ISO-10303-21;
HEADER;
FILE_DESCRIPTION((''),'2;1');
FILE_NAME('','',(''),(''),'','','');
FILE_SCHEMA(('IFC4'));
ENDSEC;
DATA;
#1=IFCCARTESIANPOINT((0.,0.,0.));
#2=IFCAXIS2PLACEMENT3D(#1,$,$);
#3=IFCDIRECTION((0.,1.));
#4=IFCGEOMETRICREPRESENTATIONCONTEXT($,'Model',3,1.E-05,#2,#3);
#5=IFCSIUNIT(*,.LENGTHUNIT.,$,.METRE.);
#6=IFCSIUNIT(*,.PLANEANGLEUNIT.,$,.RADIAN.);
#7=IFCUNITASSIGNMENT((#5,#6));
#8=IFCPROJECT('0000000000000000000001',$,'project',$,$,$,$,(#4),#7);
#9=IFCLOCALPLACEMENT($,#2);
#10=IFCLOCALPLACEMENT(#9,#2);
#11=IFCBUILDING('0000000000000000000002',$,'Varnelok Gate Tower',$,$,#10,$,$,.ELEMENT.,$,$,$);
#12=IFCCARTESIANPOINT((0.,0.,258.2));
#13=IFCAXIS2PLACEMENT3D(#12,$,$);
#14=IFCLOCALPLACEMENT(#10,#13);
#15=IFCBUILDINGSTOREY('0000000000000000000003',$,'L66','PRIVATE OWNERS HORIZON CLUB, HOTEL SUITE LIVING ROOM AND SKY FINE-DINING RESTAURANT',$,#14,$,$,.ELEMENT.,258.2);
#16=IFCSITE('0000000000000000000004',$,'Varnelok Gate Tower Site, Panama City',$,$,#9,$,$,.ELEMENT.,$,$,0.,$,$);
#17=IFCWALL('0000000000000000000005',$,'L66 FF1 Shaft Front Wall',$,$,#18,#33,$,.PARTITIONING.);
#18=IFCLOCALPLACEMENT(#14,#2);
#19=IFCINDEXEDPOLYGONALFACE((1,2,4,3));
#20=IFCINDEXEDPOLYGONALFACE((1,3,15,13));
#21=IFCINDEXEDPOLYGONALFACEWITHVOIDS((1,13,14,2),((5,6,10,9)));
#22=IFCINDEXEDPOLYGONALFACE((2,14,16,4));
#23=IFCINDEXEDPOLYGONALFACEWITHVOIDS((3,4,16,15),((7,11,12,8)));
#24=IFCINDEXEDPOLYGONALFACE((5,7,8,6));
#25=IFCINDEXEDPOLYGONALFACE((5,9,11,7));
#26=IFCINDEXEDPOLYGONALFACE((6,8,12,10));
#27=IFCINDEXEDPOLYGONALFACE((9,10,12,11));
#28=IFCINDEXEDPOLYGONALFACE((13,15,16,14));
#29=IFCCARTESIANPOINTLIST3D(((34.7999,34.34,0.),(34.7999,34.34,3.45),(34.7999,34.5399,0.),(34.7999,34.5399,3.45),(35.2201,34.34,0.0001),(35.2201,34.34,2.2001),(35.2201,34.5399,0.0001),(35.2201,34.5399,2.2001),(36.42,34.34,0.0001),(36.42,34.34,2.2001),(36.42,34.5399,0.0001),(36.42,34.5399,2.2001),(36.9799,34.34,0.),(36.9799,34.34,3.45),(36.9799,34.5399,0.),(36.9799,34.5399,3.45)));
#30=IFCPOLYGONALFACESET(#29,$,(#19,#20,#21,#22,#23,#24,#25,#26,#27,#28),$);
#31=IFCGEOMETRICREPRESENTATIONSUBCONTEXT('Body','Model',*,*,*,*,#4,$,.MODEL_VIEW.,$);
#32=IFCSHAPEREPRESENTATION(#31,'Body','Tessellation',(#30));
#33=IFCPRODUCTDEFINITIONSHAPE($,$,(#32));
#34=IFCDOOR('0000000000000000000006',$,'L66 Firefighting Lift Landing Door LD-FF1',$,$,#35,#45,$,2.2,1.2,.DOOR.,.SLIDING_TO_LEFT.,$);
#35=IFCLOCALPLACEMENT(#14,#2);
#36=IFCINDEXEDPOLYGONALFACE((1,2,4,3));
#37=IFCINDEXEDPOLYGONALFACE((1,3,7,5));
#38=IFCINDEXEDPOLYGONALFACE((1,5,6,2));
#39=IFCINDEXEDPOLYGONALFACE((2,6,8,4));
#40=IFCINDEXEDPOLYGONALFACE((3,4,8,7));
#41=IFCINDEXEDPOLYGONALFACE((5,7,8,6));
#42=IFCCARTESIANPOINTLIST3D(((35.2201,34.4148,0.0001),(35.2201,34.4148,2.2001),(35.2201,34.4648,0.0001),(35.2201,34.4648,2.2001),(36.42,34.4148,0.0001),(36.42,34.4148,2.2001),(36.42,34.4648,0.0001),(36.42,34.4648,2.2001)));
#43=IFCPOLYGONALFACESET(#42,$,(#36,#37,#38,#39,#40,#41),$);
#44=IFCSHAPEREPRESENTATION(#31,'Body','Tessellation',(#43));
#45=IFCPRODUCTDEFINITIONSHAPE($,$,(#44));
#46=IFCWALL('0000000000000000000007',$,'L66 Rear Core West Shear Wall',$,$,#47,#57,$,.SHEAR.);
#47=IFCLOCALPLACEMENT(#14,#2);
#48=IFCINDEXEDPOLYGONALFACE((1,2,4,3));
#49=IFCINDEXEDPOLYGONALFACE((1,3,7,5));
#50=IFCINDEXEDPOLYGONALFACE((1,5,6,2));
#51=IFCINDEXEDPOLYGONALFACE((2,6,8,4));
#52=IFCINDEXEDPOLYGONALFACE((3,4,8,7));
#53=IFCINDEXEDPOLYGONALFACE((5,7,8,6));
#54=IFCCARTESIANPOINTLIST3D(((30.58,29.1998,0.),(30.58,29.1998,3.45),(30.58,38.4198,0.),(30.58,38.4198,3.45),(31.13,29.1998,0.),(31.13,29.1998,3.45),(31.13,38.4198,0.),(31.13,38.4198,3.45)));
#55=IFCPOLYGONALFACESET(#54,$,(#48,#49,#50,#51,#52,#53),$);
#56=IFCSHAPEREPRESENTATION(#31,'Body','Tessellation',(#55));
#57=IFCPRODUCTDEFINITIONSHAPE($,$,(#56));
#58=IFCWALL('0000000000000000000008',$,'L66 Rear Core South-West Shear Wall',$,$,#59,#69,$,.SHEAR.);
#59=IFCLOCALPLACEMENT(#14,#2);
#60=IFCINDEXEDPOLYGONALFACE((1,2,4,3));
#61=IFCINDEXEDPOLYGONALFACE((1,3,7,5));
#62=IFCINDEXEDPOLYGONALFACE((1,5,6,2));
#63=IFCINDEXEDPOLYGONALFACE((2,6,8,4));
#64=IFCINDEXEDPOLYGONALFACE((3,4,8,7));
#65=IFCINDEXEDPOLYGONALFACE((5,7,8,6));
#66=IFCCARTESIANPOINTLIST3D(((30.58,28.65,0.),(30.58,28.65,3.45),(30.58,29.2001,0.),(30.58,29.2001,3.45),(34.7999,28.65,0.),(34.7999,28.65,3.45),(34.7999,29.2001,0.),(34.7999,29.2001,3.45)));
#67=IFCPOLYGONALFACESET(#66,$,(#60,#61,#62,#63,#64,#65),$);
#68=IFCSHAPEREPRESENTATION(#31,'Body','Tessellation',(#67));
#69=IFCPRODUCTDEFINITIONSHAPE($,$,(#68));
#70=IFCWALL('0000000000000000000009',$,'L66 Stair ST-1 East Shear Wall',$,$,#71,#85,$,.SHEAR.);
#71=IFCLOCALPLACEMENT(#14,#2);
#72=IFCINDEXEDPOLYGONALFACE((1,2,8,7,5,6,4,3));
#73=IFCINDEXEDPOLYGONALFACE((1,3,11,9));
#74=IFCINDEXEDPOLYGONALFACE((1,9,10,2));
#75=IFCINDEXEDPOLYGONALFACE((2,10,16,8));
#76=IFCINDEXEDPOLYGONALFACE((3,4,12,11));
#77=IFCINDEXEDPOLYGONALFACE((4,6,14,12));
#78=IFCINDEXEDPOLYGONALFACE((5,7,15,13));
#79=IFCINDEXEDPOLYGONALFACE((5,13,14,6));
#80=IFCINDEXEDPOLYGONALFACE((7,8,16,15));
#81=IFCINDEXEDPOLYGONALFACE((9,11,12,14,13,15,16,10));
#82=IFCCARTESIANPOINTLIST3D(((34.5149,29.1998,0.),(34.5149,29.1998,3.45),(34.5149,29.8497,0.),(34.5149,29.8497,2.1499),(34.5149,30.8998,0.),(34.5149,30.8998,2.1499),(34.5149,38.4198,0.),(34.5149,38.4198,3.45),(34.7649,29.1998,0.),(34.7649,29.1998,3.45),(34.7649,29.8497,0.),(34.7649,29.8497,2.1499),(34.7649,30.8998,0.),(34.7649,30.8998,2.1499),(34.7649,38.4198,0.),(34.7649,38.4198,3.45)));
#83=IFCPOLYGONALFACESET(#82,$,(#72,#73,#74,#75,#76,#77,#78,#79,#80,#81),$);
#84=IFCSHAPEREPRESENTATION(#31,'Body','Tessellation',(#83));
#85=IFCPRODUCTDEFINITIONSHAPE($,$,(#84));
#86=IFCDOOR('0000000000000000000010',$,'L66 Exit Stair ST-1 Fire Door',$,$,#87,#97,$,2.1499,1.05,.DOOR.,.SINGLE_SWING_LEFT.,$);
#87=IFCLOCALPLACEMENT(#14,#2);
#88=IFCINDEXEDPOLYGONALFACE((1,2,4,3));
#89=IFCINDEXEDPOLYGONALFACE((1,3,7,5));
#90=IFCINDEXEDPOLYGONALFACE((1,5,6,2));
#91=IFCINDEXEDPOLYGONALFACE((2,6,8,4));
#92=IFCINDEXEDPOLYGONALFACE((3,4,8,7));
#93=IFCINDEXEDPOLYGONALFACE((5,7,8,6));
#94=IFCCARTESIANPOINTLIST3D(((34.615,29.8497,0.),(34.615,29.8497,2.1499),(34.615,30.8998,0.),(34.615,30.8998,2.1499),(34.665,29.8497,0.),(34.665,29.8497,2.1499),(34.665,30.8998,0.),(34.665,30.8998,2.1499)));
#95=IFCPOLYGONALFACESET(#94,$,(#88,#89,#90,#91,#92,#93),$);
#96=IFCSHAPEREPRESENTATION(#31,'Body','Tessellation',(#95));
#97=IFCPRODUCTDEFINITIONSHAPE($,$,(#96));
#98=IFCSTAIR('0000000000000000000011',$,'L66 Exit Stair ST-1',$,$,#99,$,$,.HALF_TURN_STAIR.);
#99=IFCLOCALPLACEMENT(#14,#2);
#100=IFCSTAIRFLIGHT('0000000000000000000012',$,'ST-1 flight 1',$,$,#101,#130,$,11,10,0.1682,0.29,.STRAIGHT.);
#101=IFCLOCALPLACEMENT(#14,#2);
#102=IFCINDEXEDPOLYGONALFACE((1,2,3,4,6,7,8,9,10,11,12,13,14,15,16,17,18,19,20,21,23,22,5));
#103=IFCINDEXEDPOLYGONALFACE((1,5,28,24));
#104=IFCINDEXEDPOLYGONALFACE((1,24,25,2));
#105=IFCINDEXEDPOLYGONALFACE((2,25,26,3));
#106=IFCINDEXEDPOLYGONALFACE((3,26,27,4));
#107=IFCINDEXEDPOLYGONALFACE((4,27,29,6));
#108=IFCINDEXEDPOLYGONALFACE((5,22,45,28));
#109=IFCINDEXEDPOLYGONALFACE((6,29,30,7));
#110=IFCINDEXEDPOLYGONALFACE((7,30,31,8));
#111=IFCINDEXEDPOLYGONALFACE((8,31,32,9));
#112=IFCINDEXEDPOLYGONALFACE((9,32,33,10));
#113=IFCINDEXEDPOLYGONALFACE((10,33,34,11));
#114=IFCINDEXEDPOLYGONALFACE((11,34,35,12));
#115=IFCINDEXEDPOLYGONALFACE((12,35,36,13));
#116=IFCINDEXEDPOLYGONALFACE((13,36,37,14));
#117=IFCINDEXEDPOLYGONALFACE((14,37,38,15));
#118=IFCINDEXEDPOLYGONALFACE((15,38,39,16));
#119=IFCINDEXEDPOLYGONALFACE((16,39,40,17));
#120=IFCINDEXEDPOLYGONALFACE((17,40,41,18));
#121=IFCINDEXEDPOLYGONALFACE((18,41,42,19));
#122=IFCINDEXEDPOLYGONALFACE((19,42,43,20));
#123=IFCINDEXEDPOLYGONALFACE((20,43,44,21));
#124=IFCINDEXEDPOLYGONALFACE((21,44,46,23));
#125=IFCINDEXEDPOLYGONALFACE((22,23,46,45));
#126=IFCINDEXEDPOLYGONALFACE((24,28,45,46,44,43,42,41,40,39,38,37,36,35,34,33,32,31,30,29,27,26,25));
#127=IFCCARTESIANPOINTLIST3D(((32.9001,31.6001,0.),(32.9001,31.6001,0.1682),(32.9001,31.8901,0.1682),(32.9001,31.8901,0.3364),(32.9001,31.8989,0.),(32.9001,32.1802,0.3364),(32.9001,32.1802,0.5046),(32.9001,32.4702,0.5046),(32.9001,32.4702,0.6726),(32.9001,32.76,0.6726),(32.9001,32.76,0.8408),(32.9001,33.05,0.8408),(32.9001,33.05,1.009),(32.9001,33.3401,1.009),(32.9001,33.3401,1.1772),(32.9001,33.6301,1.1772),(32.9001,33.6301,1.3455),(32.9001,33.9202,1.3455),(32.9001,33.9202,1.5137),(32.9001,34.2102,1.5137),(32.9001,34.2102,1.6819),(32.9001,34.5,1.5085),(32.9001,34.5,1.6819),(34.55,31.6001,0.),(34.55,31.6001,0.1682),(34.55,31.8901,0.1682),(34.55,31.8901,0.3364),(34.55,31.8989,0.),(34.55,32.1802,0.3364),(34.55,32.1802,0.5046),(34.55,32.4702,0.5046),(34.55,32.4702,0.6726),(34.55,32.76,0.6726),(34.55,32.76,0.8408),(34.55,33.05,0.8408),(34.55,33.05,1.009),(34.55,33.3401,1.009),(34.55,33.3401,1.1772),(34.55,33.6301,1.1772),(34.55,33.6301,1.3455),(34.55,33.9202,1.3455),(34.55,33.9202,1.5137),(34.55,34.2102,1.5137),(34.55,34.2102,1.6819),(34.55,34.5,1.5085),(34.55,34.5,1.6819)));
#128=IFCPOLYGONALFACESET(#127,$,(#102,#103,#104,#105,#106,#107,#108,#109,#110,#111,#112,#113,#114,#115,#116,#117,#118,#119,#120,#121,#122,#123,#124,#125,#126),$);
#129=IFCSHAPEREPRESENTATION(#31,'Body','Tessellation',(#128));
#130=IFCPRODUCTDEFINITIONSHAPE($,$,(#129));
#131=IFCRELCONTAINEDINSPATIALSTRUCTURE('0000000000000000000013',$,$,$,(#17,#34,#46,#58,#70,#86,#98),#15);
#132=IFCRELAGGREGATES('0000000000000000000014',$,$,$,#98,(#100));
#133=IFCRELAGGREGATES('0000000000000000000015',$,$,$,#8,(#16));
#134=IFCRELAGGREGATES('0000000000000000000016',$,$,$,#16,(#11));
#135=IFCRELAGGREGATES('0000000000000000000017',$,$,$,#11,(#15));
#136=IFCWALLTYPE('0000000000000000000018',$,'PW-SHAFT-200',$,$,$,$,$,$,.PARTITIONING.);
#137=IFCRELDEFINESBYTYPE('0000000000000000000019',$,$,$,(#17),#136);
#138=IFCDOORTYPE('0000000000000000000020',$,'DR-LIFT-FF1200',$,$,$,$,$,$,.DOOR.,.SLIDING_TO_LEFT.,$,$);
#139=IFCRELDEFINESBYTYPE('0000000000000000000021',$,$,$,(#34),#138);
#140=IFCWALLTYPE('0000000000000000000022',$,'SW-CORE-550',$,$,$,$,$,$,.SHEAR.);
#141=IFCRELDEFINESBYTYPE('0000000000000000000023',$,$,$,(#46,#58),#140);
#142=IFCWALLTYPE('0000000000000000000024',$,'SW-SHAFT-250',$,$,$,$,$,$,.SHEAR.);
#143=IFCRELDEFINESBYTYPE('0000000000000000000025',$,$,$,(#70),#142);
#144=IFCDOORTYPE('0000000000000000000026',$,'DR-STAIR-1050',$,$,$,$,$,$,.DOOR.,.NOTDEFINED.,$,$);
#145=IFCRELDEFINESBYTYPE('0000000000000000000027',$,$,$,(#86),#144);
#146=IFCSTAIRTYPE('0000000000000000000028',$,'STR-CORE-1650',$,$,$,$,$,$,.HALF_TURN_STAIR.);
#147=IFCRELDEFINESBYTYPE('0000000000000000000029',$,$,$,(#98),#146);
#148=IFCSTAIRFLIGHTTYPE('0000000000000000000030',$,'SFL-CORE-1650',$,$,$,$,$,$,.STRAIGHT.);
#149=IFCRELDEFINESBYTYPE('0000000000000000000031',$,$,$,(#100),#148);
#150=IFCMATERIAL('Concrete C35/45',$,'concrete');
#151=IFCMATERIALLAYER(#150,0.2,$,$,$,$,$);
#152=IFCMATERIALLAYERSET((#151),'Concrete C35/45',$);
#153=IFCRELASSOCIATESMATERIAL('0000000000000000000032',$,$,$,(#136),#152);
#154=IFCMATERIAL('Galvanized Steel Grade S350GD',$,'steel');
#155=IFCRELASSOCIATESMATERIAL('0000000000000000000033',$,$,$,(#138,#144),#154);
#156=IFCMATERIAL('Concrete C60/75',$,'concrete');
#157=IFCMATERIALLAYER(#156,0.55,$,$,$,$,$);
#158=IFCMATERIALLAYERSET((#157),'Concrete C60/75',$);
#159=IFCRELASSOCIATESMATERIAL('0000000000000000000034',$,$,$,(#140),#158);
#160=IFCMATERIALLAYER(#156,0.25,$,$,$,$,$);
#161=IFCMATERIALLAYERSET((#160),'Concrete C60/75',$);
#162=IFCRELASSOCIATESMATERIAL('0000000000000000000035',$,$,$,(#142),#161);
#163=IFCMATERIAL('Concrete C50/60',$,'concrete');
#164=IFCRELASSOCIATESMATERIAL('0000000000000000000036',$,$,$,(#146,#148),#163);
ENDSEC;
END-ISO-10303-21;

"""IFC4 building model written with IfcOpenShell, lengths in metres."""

from ifc_helpers import new_model, si_unit, direction, frame, frame_2d, origin, place, context, subcontext, project, spatial, polyline, rectangle, outline, extrude, material, layer, layer_set, type_object, element, fill, aggregate, save


model = new_model("IFC4")

# Units and contexts
model_context = context("Model", 3, precision=1e-05, world=origin(), true_north=direction((0.0, 1.0)))
body_context = subcontext(model_context, "Body", "Model", "MODEL_VIEW")
ifc_project = project(units=[si_unit("LENGTHUNIT", "METRE"), si_unit("PLANEANGLEUNIT", "RADIAN")], contexts=[model_context])

# Site, building, storey
site_placement = place(None, origin())
site = spatial("IfcSite", under=ifc_project, at=site_placement, Name="Varnelok Gate Tower Site, Panama City", CompositionType="ELEMENT", RefElevation=0.0)
building_placement = place(site_placement, origin())
building = spatial("IfcBuilding", under=site, at=building_placement, Name="Varnelok Gate Tower", CompositionType="ELEMENT")
storey_placement = place(building_placement, frame((0.0, 0.0, 258.2)))
storey = spatial("IfcBuildingStorey", under=building, at=storey_placement, Name="L66", Description="PRIVATE OWNERS HORIZON CLUB, HOTEL SUITE LIVING ROOM AND SKY FINE-DINING RESTAURANT", CompositionType="ELEMENT", Elevation=258.2)

# Shared definitions
ifc_material_1 = material(Name="Concrete C50/60", Category="concrete")

# Shared definitions
ifc_material_2 = material(Name="Concrete C60/75", Category="concrete")

# Shared definitions
ifc_material_3 = material(Name="Concrete C35/45", Category="concrete")
ifc_layer_1 = layer(ifc_material_3, 0.2)
ifc_layer_set_1 = layer_set([ifc_layer_1], Name="Concrete C35/45")
wall_type_1 = type_object("IfcWallType", Name="PW-SHAFT-200", PredefinedType="PARTITIONING", material=ifc_layer_set_1)

# Wall, opening, door
wall_1_placement = place(storey_placement, frame((34.8, 34.4399, 0.0), z_axis=(0.0, 0.0, 1.0), x_axis=(1.0, 0.0, 0.0)))
wall_1 = element("IfcWall", 1, at=wall_1_placement, inside=storey, type_object=wall_type_1, Name="L66 FF1 Shaft Front Wall", PredefinedType="PARTITIONING", context=body_context, shape_type="SweptSolid", body=[
    extrude(rectangle(XDim=2.1799, YDim=0.2, at=frame_2d((1.0898, 0.0))), origin(), (0.0, 0.0, 1.0), 3.45),
])
opening_1_placement = place(wall_1_placement, frame((0.4199, 0.0, 0.0)))
opening_1 = element("IfcOpeningElement", 2, at=opening_1_placement, cuts=wall_1, PredefinedType="OPENING", context=body_context, shape_type="SweptSolid", body=[
    extrude(rectangle(XDim=1.2, YDim=2.2, at=frame_2d((0.6001, 1.1001))), frame((0.0, 0.1099, 0.0), z_axis=(0.0, -1.0, 0.0), x_axis=(1.0, 0.0, 0.0)), (0.0, 0.0, 1.0), 0.22),
])
ifc_material_4 = material(Name="Galvanized Steel Grade S350GD", Category="steel")
door_type_1 = type_object("IfcDoorType", Name="DR-LIFT-FF1200", OperationType="SLIDING_TO_LEFT", PredefinedType="DOOR", material=ifc_material_4)
door_1_placement = place(opening_1_placement, origin())
door_1 = element("IfcDoor", 3, at=door_1_placement, inside=storey, type_object=door_type_1, Name="L66 Firefighting Lift Landing Door LD-FF1", OperationType="SLIDING_TO_LEFT", OverallHeight=2.2, OverallWidth=1.2, PredefinedType="DOOR", context=body_context, shape_type="SweptSolid", body=[
    extrude(rectangle(XDim=1.2, YDim=2.2, at=frame_2d((0.6001, 1.1001))), frame((0.0, 0.0249, 0.0), z_axis=(0.0, -1.0, 0.0), x_axis=(1.0, 0.0, 0.0)), (0.0, 0.0, 1.0), 0.05),
])
fill(opening_1, door_1)

# Walls
ifc_layer_2 = layer(ifc_material_2, 0.55)
ifc_layer_set_2 = layer_set([ifc_layer_2], Name="Concrete C60/75")
wall_type_2 = type_object("IfcWallType", Name="SW-CORE-550", PredefinedType="SHEAR", material=ifc_layer_set_2)
wall_2_placement = place(storey_placement, frame((30.855, 29.2, 0.0), z_axis=(0.0, 0.0, 1.0), x_axis=(0.0, 1.0, 0.0)))
element("IfcWall", 4, at=wall_2_placement, inside=storey, type_object=wall_type_2, Name="L66 Rear Core West Shear Wall", PredefinedType="SHEAR", context=body_context, shape_type="SweptSolid", body=[
    extrude(rectangle(XDim=9.22, YDim=0.55, at=frame_2d((4.6099, 0.0))), origin(), (0.0, 0.0, 1.0), 3.45),
])
wall_3_placement = place(storey_placement, frame((30.5801, 28.925, 0.0), z_axis=(0.0, 0.0, 1.0), x_axis=(1.0, 0.0, 0.0)))
element("IfcWall", 5, at=wall_3_placement, inside=storey, type_object=wall_type_2, Name="L66 Rear Core South-West Shear Wall", PredefinedType="SHEAR", context=body_context, shape_type="SweptSolid", body=[
    extrude(rectangle(XDim=4.22, YDim=0.55, at=frame_2d((2.1099, 0.0))), origin(), (0.0, 0.0, 1.0), 3.45),
])

# Wall, opening, door
ifc_layer_3 = layer(ifc_material_2, 0.25)
ifc_layer_set_3 = layer_set([ifc_layer_3], Name="Concrete C60/75")
wall_type_3 = type_object("IfcWallType", Name="SW-SHAFT-250", PredefinedType="SHEAR", material=ifc_layer_set_3)
wall_4_placement = place(storey_placement, frame((34.6399, 29.2, 0.0), z_axis=(0.0, 0.0, 1.0), x_axis=(0.0, 1.0, 0.0)))
wall_4 = element("IfcWall", 6, at=wall_4_placement, inside=storey, type_object=wall_type_3, Name="L66 Stair ST-1 East Shear Wall", PredefinedType="SHEAR", context=body_context, shape_type="SweptSolid", body=[
    extrude(rectangle(XDim=9.22, YDim=0.25, at=frame_2d((4.6099, 0.0))), origin(), (0.0, 0.0, 1.0), 3.45),
])
opening_2_placement = place(wall_4_placement, frame((0.6499, 0.0, 0.0)))
opening_2 = element("IfcOpeningElement", 7, at=opening_2_placement, cuts=wall_4, PredefinedType="OPENING", context=body_context, shape_type="SweptSolid", body=[
    extrude(rectangle(XDim=1.05, YDim=2.1499, at=frame_2d((0.5249, 1.075))), frame((0.0, 0.135, 0.0), z_axis=(0.0, -1.0, 0.0), x_axis=(1.0, 0.0, 0.0)), (0.0, 0.0, 1.0), 0.27),
])
door_type_2 = type_object("IfcDoorType", Name="DR-STAIR-1050", OperationType="NOTDEFINED", PredefinedType="DOOR", material=ifc_material_4)
door_2_placement = place(opening_2_placement, origin())
door_2 = element("IfcDoor", 8, at=door_2_placement, inside=storey, type_object=door_type_2, Name="L66 Exit Stair ST-1 Fire Door", OperationType="SINGLE_SWING_LEFT", OverallHeight=2.1499, OverallWidth=1.05, PredefinedType="DOOR", context=body_context, shape_type="SweptSolid", body=[
    extrude(rectangle(XDim=1.05, YDim=2.1499, at=frame_2d((0.5249, 1.075))), frame((0.0, 0.0249, 0.0), z_axis=(0.0, -1.0, 0.0), x_axis=(1.0, 0.0, 0.0)), (0.0, 0.0, 1.0), 0.05),
])
fill(opening_2, door_2)

# Stair, stair flight
stair_type = type_object("IfcStairType", Name="STR-CORE-1650", PredefinedType="HALF_TURN_STAIR", material=ifc_material_1)
stair_placement = place(storey_placement, origin())
stair = element("IfcStair", 9, at=stair_placement, inside=storey, type_object=stair_type, Name="L66 Exit Stair ST-1", PredefinedType="HALF_TURN_STAIR")
stair_flight_type = type_object("IfcStairFlightType", Name="SFL-CORE-1650", PredefinedType="STRAIGHT", material=ifc_material_1)
stair_flight_placement = place(storey_placement, frame((33.7251, 31.6001, 0.0), z_axis=(0.0, 0.0, 1.0), x_axis=(0.0, 1.0, 0.0)))
stair_flight = element("IfcStairFlight", 10, at=stair_flight_placement, type_object=stair_flight_type, Name="ST-1 flight 1", NumberOfRisers=11, NumberOfTreads=10, PredefinedType="STRAIGHT", RiserHeight=0.1682, TreadLength=0.29, context=body_context, shape_type="SweptSolid", body=[
    extrude(outline(polyline([(0.0, 0.0), (0.0, 0.1682), (0.29, 0.1682), (0.29, 0.3364), (0.5801, 0.3364), (0.5801, 0.5046), (0.8701, 0.5046), (0.8701, 0.6726), (1.1599, 0.6726), (1.1599, 0.8408), (1.45, 0.8408), (1.45, 1.009), (1.74, 1.009), (1.74, 1.1772), (2.03, 1.1772), (2.03, 1.3455), (2.3201, 1.3455), (2.3201, 1.5137), (2.6101, 1.5137), (2.6101, 1.6819), (2.8999, 1.6819), (2.8999, 1.8501), (2.8999, 1.5085), (0.2988, 0.0), (0.0, 0.0)])), frame((0.0, 0.825, 0.0), z_axis=(0.0, -1.0, 0.0), x_axis=(1.0, 0.0, 0.0)), (0.0, 0.0, 1.0), 1.6499),
])
aggregate(stair, [stair_flight])

save(model, "model.ifc")
